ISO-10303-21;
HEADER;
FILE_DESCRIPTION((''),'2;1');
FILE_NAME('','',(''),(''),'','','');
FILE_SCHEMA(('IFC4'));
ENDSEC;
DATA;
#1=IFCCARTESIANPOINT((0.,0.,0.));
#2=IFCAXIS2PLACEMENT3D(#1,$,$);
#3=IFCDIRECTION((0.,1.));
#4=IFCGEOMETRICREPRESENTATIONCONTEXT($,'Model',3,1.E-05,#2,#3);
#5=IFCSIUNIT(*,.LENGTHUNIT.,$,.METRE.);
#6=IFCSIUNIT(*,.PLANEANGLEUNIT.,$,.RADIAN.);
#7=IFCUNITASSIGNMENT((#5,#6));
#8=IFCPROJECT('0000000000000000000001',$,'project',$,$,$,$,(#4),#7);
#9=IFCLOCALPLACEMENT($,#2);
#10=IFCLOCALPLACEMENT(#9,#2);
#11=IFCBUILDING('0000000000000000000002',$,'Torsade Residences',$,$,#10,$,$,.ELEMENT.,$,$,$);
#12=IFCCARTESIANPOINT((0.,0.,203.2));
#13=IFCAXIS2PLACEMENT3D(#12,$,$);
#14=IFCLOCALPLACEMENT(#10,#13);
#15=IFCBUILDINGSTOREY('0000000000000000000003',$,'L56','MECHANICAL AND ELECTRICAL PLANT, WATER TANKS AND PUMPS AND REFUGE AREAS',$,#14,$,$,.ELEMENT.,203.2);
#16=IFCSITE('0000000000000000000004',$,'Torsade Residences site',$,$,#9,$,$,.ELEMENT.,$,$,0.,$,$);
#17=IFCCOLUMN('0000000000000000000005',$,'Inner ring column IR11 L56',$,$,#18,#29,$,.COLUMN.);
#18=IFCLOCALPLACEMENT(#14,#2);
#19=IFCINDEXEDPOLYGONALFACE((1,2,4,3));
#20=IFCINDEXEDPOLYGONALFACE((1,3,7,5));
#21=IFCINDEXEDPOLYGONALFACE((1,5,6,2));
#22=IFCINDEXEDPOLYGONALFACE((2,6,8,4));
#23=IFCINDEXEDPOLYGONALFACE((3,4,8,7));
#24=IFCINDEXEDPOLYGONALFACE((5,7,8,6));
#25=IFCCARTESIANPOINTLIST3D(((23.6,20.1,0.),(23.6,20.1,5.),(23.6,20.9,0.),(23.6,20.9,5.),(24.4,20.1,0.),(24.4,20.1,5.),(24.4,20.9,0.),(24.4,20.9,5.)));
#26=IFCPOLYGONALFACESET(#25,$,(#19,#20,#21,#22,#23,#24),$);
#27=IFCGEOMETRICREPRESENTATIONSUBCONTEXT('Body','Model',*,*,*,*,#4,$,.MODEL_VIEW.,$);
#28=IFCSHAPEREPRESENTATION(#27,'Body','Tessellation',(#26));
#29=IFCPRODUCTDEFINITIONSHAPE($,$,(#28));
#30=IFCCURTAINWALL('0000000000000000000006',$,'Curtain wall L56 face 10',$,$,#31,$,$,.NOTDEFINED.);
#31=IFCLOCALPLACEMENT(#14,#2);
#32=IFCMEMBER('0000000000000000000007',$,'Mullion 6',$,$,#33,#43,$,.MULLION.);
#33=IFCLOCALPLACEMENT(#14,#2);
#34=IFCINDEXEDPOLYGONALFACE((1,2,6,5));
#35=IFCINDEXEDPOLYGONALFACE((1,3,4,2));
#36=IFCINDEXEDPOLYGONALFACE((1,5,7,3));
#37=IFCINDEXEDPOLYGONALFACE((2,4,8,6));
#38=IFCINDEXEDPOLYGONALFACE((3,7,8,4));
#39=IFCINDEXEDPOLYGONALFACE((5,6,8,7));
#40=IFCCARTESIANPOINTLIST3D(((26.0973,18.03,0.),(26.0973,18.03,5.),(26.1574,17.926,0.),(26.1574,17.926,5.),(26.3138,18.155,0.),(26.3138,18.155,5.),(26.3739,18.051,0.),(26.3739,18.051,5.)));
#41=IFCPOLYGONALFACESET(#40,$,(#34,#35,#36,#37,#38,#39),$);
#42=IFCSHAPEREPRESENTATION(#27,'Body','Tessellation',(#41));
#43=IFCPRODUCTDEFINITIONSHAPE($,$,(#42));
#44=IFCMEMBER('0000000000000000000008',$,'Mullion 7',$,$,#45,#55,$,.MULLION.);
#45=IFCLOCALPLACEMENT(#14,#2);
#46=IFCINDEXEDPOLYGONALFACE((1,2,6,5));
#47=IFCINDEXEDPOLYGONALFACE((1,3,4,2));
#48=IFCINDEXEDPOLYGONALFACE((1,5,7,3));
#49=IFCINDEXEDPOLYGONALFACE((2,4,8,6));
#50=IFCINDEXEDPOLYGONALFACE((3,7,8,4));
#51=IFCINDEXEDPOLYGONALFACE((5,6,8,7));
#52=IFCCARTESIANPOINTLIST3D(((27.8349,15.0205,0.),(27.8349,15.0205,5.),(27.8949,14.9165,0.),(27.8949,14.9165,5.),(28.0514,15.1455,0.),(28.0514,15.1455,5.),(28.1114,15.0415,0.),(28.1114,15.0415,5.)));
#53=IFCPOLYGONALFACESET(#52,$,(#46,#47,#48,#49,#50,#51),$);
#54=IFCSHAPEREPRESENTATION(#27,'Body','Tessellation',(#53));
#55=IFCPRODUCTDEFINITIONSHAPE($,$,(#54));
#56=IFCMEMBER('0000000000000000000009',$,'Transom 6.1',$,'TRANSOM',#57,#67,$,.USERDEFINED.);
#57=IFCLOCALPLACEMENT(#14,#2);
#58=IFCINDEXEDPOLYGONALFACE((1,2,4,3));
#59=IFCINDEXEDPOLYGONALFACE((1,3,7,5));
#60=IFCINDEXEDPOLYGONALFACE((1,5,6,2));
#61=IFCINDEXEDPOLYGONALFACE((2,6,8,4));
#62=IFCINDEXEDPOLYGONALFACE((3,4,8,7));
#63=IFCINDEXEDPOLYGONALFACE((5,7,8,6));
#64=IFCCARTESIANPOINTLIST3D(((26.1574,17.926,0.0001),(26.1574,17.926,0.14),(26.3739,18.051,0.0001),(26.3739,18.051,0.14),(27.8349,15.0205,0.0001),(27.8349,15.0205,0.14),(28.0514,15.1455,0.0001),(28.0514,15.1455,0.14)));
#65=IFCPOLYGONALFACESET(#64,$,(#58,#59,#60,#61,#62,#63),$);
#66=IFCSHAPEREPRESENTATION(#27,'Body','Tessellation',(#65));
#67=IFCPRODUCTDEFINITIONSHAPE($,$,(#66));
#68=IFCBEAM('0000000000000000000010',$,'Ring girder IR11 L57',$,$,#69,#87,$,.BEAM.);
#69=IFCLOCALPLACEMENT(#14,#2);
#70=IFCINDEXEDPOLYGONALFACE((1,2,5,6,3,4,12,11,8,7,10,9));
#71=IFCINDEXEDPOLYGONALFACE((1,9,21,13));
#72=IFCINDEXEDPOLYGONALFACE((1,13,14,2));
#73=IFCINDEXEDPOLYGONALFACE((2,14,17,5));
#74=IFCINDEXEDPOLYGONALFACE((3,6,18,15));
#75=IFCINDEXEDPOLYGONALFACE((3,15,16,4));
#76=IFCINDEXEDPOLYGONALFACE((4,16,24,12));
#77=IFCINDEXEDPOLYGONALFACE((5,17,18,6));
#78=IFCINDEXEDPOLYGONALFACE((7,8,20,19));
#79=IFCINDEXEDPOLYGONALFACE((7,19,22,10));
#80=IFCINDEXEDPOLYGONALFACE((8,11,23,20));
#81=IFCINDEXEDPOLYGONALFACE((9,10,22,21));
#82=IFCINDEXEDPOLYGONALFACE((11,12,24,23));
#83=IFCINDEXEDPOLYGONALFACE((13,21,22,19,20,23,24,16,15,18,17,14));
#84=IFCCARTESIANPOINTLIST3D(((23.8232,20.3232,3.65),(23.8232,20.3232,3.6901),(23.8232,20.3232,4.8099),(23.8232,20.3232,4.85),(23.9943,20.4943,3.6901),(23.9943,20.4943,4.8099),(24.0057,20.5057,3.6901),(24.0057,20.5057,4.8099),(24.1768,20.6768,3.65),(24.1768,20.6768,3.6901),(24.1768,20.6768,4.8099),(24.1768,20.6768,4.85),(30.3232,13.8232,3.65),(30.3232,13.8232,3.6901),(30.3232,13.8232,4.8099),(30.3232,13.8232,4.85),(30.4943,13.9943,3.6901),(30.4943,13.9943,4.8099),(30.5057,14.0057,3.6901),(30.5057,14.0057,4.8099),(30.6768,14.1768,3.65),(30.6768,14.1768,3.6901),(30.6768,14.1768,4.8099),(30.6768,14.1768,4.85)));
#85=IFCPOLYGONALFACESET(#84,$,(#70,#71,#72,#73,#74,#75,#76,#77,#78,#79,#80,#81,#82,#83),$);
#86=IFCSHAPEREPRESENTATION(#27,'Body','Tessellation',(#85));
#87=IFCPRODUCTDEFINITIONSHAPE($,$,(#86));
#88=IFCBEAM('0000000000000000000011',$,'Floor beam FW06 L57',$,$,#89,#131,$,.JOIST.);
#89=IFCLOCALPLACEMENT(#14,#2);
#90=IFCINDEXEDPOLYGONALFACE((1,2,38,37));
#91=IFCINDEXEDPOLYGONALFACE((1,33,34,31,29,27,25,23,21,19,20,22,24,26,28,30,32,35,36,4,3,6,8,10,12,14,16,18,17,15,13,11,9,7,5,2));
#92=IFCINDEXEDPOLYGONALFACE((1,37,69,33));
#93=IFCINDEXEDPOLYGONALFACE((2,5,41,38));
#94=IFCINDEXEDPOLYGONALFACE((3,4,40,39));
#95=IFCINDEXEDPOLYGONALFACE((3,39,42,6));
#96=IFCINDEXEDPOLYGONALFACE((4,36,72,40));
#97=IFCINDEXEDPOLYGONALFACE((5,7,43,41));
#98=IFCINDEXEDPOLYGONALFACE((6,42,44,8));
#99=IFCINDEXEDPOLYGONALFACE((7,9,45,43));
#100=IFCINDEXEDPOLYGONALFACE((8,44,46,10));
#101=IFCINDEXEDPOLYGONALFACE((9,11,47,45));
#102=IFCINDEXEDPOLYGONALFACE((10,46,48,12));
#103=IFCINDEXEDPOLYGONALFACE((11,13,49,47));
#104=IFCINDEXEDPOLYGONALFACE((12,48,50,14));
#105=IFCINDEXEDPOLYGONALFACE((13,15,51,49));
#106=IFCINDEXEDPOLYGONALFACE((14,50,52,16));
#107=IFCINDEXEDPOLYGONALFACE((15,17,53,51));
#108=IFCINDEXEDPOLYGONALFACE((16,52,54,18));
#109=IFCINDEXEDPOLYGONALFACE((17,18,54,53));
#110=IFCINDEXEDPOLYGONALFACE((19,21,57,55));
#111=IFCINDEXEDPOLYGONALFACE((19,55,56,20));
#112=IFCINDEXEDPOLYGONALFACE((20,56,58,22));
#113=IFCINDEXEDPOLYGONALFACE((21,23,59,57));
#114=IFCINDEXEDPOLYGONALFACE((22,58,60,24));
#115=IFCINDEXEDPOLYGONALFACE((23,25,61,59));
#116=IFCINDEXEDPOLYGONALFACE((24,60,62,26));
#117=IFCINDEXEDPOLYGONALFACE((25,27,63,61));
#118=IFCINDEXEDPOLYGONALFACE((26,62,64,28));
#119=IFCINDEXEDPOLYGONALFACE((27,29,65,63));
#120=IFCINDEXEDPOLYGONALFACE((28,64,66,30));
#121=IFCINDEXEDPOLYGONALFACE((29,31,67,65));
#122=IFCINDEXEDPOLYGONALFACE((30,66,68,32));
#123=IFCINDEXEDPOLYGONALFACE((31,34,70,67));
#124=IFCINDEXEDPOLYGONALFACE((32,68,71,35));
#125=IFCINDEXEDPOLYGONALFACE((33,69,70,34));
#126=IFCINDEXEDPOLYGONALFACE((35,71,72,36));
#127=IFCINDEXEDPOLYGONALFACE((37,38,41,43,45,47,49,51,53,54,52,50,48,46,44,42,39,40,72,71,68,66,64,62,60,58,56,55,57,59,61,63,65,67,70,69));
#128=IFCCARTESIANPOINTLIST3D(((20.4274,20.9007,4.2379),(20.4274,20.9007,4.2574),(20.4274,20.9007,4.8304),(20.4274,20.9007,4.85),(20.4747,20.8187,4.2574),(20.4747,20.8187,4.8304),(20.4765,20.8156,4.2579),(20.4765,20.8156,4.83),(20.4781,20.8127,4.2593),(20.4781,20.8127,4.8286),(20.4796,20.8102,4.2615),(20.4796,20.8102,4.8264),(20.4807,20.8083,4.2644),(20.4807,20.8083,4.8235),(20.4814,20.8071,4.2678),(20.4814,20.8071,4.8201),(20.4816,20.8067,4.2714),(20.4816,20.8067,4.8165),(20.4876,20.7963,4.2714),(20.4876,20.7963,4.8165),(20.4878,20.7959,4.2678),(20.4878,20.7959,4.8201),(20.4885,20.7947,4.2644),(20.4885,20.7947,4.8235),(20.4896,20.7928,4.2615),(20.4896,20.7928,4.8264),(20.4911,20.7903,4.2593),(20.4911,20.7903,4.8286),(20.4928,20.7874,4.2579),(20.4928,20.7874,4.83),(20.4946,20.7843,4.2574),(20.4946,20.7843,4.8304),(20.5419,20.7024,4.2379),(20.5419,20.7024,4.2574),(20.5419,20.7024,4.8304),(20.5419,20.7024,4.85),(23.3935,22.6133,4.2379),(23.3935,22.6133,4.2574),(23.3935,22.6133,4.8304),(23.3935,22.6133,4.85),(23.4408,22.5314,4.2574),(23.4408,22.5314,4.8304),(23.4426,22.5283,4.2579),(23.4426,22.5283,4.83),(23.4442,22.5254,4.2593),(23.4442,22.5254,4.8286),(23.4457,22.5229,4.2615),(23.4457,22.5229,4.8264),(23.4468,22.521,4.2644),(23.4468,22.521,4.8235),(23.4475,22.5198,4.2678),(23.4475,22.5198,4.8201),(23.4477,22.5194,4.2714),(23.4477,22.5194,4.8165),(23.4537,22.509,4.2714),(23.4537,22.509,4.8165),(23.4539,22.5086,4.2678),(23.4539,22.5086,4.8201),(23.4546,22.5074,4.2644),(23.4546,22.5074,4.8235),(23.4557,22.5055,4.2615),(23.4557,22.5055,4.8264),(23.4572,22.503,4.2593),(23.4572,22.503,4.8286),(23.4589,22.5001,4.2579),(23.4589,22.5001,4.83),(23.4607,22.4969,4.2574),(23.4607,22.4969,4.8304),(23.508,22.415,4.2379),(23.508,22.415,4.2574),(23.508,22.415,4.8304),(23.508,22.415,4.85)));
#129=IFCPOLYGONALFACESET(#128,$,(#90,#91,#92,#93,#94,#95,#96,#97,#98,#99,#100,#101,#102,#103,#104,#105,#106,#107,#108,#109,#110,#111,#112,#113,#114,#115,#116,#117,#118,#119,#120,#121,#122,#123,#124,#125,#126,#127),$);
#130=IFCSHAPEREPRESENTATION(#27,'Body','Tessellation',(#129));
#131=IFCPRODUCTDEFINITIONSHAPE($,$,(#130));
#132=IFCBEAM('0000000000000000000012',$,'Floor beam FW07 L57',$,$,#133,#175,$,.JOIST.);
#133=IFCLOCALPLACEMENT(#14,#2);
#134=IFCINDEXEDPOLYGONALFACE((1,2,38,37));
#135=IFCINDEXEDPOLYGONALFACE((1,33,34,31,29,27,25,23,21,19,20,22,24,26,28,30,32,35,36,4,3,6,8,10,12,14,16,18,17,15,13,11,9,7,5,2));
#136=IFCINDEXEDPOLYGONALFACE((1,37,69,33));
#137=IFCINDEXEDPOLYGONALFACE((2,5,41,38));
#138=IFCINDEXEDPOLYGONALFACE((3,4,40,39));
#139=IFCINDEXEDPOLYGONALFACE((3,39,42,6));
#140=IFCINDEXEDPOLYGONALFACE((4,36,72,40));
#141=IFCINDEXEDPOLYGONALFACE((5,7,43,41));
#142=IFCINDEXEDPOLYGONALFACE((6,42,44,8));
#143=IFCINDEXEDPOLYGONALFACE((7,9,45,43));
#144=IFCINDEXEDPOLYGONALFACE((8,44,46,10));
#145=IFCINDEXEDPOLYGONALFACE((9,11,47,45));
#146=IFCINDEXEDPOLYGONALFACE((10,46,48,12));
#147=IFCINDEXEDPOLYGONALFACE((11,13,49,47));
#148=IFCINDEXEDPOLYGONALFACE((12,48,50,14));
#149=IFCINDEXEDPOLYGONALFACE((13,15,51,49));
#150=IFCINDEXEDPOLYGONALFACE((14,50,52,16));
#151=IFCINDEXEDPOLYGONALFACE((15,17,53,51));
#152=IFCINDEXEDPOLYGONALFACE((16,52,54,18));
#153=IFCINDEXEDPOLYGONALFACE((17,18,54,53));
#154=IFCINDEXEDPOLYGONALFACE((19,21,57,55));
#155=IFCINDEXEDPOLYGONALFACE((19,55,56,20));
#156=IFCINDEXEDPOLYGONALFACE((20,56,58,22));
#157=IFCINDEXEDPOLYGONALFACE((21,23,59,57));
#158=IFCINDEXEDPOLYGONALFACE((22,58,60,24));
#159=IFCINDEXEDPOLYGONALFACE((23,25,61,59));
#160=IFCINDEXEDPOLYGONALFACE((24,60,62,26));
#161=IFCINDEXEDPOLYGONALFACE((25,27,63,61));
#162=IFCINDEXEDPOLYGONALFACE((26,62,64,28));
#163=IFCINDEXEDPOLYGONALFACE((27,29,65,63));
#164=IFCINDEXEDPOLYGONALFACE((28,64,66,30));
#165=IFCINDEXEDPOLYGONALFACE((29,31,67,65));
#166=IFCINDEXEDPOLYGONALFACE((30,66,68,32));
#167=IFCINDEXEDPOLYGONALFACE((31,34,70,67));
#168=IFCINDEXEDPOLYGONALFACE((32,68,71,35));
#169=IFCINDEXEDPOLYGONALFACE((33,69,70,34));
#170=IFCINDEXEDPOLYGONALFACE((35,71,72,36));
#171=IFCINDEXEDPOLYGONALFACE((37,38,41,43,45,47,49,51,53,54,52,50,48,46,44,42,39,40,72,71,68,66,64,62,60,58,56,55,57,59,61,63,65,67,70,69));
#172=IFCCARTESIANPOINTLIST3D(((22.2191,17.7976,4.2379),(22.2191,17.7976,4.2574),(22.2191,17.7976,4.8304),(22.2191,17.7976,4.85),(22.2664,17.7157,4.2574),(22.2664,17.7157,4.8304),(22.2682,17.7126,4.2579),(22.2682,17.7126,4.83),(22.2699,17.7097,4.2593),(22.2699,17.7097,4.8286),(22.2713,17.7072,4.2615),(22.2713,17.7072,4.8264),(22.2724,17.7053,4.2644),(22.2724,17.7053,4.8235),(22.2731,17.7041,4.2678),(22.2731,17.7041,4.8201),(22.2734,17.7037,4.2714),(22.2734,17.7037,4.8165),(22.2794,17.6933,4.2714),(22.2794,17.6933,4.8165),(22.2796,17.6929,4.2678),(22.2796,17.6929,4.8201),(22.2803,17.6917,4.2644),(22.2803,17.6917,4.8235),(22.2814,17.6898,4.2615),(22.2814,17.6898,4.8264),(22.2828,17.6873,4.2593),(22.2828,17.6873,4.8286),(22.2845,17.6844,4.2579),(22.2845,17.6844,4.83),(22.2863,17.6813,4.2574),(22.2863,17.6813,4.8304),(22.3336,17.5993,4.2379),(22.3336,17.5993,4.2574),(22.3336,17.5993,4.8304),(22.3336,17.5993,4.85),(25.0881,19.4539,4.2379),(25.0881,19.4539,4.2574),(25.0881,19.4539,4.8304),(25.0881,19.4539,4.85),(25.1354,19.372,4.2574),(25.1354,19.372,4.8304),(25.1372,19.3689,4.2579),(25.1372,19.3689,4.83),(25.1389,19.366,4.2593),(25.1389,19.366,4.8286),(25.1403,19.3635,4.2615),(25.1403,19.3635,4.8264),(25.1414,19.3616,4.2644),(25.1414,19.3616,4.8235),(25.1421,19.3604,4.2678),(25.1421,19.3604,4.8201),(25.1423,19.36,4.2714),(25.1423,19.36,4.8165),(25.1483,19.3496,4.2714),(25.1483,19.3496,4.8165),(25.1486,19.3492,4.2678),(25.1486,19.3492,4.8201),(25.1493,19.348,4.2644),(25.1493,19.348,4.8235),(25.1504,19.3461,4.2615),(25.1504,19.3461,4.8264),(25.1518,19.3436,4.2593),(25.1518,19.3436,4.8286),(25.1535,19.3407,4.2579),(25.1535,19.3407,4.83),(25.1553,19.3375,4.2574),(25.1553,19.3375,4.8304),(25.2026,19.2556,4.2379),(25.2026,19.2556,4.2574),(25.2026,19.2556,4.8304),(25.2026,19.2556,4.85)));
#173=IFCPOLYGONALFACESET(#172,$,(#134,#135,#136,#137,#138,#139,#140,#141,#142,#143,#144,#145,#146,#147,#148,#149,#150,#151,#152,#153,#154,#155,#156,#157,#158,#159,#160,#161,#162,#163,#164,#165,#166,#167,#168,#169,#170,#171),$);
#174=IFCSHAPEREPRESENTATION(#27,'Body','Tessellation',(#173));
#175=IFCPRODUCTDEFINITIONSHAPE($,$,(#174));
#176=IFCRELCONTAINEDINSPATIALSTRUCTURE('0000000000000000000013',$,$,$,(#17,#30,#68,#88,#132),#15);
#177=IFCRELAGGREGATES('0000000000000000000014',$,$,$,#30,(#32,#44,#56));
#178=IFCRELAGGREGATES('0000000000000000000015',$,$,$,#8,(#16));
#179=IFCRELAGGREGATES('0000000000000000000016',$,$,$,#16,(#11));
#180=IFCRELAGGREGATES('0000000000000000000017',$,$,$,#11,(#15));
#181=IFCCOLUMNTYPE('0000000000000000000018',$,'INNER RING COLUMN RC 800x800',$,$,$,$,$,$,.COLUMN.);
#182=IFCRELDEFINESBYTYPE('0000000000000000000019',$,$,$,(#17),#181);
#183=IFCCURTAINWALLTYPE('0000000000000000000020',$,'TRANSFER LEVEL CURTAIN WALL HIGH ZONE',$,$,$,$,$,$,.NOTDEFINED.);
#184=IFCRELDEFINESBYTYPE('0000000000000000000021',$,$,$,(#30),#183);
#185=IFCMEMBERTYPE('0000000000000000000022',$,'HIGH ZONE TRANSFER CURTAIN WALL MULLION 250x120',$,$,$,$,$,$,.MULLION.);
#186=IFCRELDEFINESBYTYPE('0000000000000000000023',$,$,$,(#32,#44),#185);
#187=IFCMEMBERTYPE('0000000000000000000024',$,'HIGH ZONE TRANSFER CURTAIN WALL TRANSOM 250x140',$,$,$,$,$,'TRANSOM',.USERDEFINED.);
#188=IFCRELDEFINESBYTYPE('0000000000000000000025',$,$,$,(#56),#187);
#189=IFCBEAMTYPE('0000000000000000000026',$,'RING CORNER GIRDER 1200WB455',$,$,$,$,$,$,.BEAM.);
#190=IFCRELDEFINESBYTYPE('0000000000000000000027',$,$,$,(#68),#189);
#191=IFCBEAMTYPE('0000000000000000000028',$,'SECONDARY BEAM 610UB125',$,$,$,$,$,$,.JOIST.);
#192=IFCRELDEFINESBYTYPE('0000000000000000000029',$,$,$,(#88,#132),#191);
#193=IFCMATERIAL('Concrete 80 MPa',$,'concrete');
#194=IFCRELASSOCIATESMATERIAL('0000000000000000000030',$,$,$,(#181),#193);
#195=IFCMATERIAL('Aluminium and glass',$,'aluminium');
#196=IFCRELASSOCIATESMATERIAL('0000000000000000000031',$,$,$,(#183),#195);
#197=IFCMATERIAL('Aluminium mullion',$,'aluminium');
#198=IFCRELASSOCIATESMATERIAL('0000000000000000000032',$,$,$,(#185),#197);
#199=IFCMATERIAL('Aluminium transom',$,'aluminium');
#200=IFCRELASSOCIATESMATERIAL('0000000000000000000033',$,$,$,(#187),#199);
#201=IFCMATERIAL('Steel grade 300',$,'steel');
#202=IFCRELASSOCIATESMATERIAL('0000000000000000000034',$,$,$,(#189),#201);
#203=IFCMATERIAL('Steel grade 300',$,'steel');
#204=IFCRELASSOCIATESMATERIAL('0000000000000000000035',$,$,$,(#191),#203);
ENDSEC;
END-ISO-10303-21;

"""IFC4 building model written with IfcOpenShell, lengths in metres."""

from ifc_helpers import new_model, si_unit, direction, frame, origin, origin_2d, place, context, subcontext, project, spatial, rectangle, i_section, extrude, material, material_profile, profile_set, type_object, element, aggregate, save


model = new_model("IFC4")

# Units and contexts
model_context = context("Model", 3, precision=1e-05, world=origin(), true_north=direction((0.0, 1.0)))
body_context = subcontext(model_context, "Body", "Model", "MODEL_VIEW")
ifc_project = project(units=[si_unit("LENGTHUNIT", "METRE"), si_unit("PLANEANGLEUNIT", "RADIAN")], contexts=[model_context])

# Site, building, storey
site_placement = place(None, origin())
site = spatial("IfcSite", under=ifc_project, at=site_placement, Name="Torsade Residences site", CompositionType="ELEMENT", RefElevation=0.0)
building_placement = place(site_placement, origin())
building = spatial("IfcBuilding", under=site, at=building_placement, Name="Torsade Residences", CompositionType="ELEMENT")
storey_placement = place(building_placement, frame((0.0, 0.0, 203.2)))
storey = spatial("IfcBuildingStorey", under=building, at=storey_placement, Name="L56", Description="MECHANICAL AND ELECTRICAL PLANT, WATER TANKS AND PUMPS AND REFUGE AREAS", CompositionType="ELEMENT", Elevation=203.2)

# Column
ifc_material_1 = material(Name="Concrete 80 MPa", Category="concrete")
ifc_material_profile_1 = material_profile(ifc_material_1, rectangle(XDim=0.8, YDim=0.8, at=origin_2d()), Name="RC 800x800")
ifc_profile_set_1 = profile_set([ifc_material_profile_1], Name="Concrete 80 MPa")
column_type = type_object("IfcColumnType", Name="INNER RING COLUMN RC 800x800", PredefinedType="COLUMN", material=ifc_profile_set_1)
column_placement = place(storey_placement, frame((24.0, 20.5, 0.0), z_axis=(0.0, 0.0, 1.0), x_axis=(1.0, 0.0, 0.0)))
element("IfcColumn", 1, at=column_placement, inside=storey, type_object=column_type, Name="Inner ring column IR11 L56", PredefinedType="COLUMN", context=body_context, shape_type="SweptSolid", body=[
    extrude(rectangle(XDim=0.8, YDim=0.8, at=origin_2d()), origin(), (0.0, 0.0, 1.0), 5.0),
])

# Curtain wall, members
ifc_material_2 = material(Name="Aluminium and glass", Category="aluminium")
curtain_wall_type = type_object("IfcCurtainWallType", Name="TRANSFER LEVEL CURTAIN WALL HIGH ZONE", PredefinedType="NOTDEFINED", material=ifc_material_2)
curtain_wall_placement = place(storey_placement, origin())
curtain_wall = element("IfcCurtainWall", 2, at=curtain_wall_placement, inside=storey, type_object=curtain_wall_type, Name="Curtain wall L56 face 10", PredefinedType="NOTDEFINED")
ifc_material_3 = material(Name="Aluminium mullion", Category="aluminium")
ifc_material_profile_2 = material_profile(ifc_material_3, rectangle(XDim=0.25, YDim=0.1201, at=origin_2d()), Name="HIGH ZONE TRANSFER CURTAIN WALL MULLION 250x120")
ifc_profile_set_2 = profile_set([ifc_material_profile_2], Name="Aluminium mullion")
member_type_1 = type_object("IfcMemberType", Name="HIGH ZONE TRANSFER CURTAIN WALL MULLION 250x120", PredefinedType="MULLION", material=ifc_profile_set_2)
member_1_placement = place(storey_placement, frame((26.2356, 18.0405, 0.0), z_axis=(0.0, 0.0, 1.0), x_axis=(0.866025, 0.5, 0.0)))
member_1 = element("IfcMember", 3, at=member_1_placement, type_object=member_type_1, Name="Mullion 6", PredefinedType="MULLION", context=body_context, shape_type="SweptSolid", body=[
    extrude(rectangle(XDim=0.25, YDim=0.1201, at=origin_2d()), origin(), (0.0, 0.0, 1.0), 5.0),
])
member_2_placement = place(storey_placement, frame((27.9731, 15.031, 0.0), z_axis=(0.0, 0.0, 1.0), x_axis=(0.866025, 0.5, 0.0)))
member_2 = element("IfcMember", 4, at=member_2_placement, type_object=member_type_1, Name="Mullion 7", PredefinedType="MULLION", context=body_context, shape_type="SweptSolid", body=[
    extrude(rectangle(XDim=0.25, YDim=0.1201, at=origin_2d()), origin(), (0.0, 0.0, 1.0), 5.0),
])
ifc_material_4 = material(Name="Aluminium transom", Category="aluminium")
ifc_material_profile_3 = material_profile(ifc_material_4, rectangle(XDim=0.25, YDim=0.1399, at=origin_2d()), Name="HIGH ZONE TRANSFER CURTAIN WALL TRANSOM 250x140")
ifc_profile_set_3 = profile_set([ifc_material_profile_3], Name="Aluminium transom")
member_type_2 = type_object("IfcMemberType", Name="HIGH ZONE TRANSFER CURTAIN WALL TRANSOM 250x140", ElementType="TRANSOM", PredefinedType="USERDEFINED", material=ifc_profile_set_3)
member_3_placement = place(storey_placement, frame((26.2656, 17.9885, 0.0701), z_axis=(0.499998, -0.866027, 0.0), x_axis=(0.866027, 0.499998, 0.0)))
member_3 = element("IfcMember", 5, at=member_3_placement, type_object=member_type_2, Name="Transom 6.1", ObjectType="TRANSOM", PredefinedType="USERDEFINED", context=body_context, shape_type="SweptSolid", body=[
    extrude(rectangle(XDim=0.25, YDim=0.1399, at=origin_2d()), origin(), (0.0, 0.0, 1.0), 3.355),
])

# Beams
ifc_material_5 = material(Name="Steel grade 300", Category="steel")
ifc_material_profile_4 = material_profile(ifc_material_5, i_section(OverallWidth=0.5, OverallDepth=1.2, WebThickness=0.0161, FlangeThickness=0.04, at=origin_2d()), Name="1200WB455")
ifc_profile_set_4 = profile_set([ifc_material_profile_4], Name="Steel grade 300")
beam_type_1 = type_object("IfcBeamType", Name="RING CORNER GIRDER 1200WB455", PredefinedType="BEAM", material=ifc_profile_set_4)
beam_1_placement = place(storey_placement, frame((24.0, 20.5, 4.25), z_axis=(0.707107, -0.707107, 0.0), x_axis=(0.707107, 0.707107, 0.0)))
element("IfcBeam", 6, at=beam_1_placement, inside=storey, type_object=beam_type_1, Name="Ring girder IR11 L57", PredefinedType="BEAM", context=body_context, shape_type="SweptSolid", body=[
    extrude(i_section(OverallWidth=0.5, OverallDepth=1.2, WebThickness=0.0161, FlangeThickness=0.04, at=origin_2d()), origin(), (0.0, 0.0, 1.0), 9.1924),
])
ifc_material_6 = material(Name="Steel grade 300", Category="steel")
ifc_material_profile_5 = material_profile(ifc_material_6, i_section(OverallWidth=0.229, OverallDepth=0.6121, WebThickness=0.012, FlangeThickness=0.0195, FilletRadius=0.0139, at=origin_2d()), Name="610UB125")
ifc_profile_set_5 = profile_set([ifc_material_profile_5], Name="Steel grade 300")
beam_type_2 = type_object("IfcBeamType", Name="SECONDARY BEAM 610UB125", PredefinedType="JOIST", material=ifc_profile_set_5)
beam_2_placement = place(storey_placement, frame((20.4846, 20.8015, 4.5439), z_axis=(0.866002, 0.500041, 0.0), x_axis=(-0.500041, 0.866002, 0.0)))
element("IfcBeam", 7, at=beam_2_placement, inside=storey, type_object=beam_type_2, Name="Floor beam FW06 L57", PredefinedType="JOIST", context=body_context, shape_type="SweptSolid", body=[
    extrude(i_section(OverallWidth=0.229, OverallDepth=0.6121, WebThickness=0.012, FlangeThickness=0.0195, FilletRadius=0.0139, at=origin_2d()), origin(), (0.0, 0.0, 1.0), 3.425),
])
beam_3_placement = place(storey_placement, frame((22.2764, 17.6985, 4.5439), z_axis=(0.86604, 0.499976, 0.0), x_axis=(-0.499976, 0.86604, 0.0)))
element("IfcBeam", 8, at=beam_3_placement, inside=storey, type_object=beam_type_2, Name="Floor beam FW07 L57", PredefinedType="JOIST", context=body_context, shape_type="SweptSolid", body=[
    extrude(i_section(OverallWidth=0.229, OverallDepth=0.6121, WebThickness=0.012, FlangeThickness=0.0195, FilletRadius=0.0139, at=origin_2d()), origin(), (0.0, 0.0, 1.0), 3.3127),
])

aggregate(curtain_wall, [member_1, member_2, member_3])

save(model, "model.ifc")
